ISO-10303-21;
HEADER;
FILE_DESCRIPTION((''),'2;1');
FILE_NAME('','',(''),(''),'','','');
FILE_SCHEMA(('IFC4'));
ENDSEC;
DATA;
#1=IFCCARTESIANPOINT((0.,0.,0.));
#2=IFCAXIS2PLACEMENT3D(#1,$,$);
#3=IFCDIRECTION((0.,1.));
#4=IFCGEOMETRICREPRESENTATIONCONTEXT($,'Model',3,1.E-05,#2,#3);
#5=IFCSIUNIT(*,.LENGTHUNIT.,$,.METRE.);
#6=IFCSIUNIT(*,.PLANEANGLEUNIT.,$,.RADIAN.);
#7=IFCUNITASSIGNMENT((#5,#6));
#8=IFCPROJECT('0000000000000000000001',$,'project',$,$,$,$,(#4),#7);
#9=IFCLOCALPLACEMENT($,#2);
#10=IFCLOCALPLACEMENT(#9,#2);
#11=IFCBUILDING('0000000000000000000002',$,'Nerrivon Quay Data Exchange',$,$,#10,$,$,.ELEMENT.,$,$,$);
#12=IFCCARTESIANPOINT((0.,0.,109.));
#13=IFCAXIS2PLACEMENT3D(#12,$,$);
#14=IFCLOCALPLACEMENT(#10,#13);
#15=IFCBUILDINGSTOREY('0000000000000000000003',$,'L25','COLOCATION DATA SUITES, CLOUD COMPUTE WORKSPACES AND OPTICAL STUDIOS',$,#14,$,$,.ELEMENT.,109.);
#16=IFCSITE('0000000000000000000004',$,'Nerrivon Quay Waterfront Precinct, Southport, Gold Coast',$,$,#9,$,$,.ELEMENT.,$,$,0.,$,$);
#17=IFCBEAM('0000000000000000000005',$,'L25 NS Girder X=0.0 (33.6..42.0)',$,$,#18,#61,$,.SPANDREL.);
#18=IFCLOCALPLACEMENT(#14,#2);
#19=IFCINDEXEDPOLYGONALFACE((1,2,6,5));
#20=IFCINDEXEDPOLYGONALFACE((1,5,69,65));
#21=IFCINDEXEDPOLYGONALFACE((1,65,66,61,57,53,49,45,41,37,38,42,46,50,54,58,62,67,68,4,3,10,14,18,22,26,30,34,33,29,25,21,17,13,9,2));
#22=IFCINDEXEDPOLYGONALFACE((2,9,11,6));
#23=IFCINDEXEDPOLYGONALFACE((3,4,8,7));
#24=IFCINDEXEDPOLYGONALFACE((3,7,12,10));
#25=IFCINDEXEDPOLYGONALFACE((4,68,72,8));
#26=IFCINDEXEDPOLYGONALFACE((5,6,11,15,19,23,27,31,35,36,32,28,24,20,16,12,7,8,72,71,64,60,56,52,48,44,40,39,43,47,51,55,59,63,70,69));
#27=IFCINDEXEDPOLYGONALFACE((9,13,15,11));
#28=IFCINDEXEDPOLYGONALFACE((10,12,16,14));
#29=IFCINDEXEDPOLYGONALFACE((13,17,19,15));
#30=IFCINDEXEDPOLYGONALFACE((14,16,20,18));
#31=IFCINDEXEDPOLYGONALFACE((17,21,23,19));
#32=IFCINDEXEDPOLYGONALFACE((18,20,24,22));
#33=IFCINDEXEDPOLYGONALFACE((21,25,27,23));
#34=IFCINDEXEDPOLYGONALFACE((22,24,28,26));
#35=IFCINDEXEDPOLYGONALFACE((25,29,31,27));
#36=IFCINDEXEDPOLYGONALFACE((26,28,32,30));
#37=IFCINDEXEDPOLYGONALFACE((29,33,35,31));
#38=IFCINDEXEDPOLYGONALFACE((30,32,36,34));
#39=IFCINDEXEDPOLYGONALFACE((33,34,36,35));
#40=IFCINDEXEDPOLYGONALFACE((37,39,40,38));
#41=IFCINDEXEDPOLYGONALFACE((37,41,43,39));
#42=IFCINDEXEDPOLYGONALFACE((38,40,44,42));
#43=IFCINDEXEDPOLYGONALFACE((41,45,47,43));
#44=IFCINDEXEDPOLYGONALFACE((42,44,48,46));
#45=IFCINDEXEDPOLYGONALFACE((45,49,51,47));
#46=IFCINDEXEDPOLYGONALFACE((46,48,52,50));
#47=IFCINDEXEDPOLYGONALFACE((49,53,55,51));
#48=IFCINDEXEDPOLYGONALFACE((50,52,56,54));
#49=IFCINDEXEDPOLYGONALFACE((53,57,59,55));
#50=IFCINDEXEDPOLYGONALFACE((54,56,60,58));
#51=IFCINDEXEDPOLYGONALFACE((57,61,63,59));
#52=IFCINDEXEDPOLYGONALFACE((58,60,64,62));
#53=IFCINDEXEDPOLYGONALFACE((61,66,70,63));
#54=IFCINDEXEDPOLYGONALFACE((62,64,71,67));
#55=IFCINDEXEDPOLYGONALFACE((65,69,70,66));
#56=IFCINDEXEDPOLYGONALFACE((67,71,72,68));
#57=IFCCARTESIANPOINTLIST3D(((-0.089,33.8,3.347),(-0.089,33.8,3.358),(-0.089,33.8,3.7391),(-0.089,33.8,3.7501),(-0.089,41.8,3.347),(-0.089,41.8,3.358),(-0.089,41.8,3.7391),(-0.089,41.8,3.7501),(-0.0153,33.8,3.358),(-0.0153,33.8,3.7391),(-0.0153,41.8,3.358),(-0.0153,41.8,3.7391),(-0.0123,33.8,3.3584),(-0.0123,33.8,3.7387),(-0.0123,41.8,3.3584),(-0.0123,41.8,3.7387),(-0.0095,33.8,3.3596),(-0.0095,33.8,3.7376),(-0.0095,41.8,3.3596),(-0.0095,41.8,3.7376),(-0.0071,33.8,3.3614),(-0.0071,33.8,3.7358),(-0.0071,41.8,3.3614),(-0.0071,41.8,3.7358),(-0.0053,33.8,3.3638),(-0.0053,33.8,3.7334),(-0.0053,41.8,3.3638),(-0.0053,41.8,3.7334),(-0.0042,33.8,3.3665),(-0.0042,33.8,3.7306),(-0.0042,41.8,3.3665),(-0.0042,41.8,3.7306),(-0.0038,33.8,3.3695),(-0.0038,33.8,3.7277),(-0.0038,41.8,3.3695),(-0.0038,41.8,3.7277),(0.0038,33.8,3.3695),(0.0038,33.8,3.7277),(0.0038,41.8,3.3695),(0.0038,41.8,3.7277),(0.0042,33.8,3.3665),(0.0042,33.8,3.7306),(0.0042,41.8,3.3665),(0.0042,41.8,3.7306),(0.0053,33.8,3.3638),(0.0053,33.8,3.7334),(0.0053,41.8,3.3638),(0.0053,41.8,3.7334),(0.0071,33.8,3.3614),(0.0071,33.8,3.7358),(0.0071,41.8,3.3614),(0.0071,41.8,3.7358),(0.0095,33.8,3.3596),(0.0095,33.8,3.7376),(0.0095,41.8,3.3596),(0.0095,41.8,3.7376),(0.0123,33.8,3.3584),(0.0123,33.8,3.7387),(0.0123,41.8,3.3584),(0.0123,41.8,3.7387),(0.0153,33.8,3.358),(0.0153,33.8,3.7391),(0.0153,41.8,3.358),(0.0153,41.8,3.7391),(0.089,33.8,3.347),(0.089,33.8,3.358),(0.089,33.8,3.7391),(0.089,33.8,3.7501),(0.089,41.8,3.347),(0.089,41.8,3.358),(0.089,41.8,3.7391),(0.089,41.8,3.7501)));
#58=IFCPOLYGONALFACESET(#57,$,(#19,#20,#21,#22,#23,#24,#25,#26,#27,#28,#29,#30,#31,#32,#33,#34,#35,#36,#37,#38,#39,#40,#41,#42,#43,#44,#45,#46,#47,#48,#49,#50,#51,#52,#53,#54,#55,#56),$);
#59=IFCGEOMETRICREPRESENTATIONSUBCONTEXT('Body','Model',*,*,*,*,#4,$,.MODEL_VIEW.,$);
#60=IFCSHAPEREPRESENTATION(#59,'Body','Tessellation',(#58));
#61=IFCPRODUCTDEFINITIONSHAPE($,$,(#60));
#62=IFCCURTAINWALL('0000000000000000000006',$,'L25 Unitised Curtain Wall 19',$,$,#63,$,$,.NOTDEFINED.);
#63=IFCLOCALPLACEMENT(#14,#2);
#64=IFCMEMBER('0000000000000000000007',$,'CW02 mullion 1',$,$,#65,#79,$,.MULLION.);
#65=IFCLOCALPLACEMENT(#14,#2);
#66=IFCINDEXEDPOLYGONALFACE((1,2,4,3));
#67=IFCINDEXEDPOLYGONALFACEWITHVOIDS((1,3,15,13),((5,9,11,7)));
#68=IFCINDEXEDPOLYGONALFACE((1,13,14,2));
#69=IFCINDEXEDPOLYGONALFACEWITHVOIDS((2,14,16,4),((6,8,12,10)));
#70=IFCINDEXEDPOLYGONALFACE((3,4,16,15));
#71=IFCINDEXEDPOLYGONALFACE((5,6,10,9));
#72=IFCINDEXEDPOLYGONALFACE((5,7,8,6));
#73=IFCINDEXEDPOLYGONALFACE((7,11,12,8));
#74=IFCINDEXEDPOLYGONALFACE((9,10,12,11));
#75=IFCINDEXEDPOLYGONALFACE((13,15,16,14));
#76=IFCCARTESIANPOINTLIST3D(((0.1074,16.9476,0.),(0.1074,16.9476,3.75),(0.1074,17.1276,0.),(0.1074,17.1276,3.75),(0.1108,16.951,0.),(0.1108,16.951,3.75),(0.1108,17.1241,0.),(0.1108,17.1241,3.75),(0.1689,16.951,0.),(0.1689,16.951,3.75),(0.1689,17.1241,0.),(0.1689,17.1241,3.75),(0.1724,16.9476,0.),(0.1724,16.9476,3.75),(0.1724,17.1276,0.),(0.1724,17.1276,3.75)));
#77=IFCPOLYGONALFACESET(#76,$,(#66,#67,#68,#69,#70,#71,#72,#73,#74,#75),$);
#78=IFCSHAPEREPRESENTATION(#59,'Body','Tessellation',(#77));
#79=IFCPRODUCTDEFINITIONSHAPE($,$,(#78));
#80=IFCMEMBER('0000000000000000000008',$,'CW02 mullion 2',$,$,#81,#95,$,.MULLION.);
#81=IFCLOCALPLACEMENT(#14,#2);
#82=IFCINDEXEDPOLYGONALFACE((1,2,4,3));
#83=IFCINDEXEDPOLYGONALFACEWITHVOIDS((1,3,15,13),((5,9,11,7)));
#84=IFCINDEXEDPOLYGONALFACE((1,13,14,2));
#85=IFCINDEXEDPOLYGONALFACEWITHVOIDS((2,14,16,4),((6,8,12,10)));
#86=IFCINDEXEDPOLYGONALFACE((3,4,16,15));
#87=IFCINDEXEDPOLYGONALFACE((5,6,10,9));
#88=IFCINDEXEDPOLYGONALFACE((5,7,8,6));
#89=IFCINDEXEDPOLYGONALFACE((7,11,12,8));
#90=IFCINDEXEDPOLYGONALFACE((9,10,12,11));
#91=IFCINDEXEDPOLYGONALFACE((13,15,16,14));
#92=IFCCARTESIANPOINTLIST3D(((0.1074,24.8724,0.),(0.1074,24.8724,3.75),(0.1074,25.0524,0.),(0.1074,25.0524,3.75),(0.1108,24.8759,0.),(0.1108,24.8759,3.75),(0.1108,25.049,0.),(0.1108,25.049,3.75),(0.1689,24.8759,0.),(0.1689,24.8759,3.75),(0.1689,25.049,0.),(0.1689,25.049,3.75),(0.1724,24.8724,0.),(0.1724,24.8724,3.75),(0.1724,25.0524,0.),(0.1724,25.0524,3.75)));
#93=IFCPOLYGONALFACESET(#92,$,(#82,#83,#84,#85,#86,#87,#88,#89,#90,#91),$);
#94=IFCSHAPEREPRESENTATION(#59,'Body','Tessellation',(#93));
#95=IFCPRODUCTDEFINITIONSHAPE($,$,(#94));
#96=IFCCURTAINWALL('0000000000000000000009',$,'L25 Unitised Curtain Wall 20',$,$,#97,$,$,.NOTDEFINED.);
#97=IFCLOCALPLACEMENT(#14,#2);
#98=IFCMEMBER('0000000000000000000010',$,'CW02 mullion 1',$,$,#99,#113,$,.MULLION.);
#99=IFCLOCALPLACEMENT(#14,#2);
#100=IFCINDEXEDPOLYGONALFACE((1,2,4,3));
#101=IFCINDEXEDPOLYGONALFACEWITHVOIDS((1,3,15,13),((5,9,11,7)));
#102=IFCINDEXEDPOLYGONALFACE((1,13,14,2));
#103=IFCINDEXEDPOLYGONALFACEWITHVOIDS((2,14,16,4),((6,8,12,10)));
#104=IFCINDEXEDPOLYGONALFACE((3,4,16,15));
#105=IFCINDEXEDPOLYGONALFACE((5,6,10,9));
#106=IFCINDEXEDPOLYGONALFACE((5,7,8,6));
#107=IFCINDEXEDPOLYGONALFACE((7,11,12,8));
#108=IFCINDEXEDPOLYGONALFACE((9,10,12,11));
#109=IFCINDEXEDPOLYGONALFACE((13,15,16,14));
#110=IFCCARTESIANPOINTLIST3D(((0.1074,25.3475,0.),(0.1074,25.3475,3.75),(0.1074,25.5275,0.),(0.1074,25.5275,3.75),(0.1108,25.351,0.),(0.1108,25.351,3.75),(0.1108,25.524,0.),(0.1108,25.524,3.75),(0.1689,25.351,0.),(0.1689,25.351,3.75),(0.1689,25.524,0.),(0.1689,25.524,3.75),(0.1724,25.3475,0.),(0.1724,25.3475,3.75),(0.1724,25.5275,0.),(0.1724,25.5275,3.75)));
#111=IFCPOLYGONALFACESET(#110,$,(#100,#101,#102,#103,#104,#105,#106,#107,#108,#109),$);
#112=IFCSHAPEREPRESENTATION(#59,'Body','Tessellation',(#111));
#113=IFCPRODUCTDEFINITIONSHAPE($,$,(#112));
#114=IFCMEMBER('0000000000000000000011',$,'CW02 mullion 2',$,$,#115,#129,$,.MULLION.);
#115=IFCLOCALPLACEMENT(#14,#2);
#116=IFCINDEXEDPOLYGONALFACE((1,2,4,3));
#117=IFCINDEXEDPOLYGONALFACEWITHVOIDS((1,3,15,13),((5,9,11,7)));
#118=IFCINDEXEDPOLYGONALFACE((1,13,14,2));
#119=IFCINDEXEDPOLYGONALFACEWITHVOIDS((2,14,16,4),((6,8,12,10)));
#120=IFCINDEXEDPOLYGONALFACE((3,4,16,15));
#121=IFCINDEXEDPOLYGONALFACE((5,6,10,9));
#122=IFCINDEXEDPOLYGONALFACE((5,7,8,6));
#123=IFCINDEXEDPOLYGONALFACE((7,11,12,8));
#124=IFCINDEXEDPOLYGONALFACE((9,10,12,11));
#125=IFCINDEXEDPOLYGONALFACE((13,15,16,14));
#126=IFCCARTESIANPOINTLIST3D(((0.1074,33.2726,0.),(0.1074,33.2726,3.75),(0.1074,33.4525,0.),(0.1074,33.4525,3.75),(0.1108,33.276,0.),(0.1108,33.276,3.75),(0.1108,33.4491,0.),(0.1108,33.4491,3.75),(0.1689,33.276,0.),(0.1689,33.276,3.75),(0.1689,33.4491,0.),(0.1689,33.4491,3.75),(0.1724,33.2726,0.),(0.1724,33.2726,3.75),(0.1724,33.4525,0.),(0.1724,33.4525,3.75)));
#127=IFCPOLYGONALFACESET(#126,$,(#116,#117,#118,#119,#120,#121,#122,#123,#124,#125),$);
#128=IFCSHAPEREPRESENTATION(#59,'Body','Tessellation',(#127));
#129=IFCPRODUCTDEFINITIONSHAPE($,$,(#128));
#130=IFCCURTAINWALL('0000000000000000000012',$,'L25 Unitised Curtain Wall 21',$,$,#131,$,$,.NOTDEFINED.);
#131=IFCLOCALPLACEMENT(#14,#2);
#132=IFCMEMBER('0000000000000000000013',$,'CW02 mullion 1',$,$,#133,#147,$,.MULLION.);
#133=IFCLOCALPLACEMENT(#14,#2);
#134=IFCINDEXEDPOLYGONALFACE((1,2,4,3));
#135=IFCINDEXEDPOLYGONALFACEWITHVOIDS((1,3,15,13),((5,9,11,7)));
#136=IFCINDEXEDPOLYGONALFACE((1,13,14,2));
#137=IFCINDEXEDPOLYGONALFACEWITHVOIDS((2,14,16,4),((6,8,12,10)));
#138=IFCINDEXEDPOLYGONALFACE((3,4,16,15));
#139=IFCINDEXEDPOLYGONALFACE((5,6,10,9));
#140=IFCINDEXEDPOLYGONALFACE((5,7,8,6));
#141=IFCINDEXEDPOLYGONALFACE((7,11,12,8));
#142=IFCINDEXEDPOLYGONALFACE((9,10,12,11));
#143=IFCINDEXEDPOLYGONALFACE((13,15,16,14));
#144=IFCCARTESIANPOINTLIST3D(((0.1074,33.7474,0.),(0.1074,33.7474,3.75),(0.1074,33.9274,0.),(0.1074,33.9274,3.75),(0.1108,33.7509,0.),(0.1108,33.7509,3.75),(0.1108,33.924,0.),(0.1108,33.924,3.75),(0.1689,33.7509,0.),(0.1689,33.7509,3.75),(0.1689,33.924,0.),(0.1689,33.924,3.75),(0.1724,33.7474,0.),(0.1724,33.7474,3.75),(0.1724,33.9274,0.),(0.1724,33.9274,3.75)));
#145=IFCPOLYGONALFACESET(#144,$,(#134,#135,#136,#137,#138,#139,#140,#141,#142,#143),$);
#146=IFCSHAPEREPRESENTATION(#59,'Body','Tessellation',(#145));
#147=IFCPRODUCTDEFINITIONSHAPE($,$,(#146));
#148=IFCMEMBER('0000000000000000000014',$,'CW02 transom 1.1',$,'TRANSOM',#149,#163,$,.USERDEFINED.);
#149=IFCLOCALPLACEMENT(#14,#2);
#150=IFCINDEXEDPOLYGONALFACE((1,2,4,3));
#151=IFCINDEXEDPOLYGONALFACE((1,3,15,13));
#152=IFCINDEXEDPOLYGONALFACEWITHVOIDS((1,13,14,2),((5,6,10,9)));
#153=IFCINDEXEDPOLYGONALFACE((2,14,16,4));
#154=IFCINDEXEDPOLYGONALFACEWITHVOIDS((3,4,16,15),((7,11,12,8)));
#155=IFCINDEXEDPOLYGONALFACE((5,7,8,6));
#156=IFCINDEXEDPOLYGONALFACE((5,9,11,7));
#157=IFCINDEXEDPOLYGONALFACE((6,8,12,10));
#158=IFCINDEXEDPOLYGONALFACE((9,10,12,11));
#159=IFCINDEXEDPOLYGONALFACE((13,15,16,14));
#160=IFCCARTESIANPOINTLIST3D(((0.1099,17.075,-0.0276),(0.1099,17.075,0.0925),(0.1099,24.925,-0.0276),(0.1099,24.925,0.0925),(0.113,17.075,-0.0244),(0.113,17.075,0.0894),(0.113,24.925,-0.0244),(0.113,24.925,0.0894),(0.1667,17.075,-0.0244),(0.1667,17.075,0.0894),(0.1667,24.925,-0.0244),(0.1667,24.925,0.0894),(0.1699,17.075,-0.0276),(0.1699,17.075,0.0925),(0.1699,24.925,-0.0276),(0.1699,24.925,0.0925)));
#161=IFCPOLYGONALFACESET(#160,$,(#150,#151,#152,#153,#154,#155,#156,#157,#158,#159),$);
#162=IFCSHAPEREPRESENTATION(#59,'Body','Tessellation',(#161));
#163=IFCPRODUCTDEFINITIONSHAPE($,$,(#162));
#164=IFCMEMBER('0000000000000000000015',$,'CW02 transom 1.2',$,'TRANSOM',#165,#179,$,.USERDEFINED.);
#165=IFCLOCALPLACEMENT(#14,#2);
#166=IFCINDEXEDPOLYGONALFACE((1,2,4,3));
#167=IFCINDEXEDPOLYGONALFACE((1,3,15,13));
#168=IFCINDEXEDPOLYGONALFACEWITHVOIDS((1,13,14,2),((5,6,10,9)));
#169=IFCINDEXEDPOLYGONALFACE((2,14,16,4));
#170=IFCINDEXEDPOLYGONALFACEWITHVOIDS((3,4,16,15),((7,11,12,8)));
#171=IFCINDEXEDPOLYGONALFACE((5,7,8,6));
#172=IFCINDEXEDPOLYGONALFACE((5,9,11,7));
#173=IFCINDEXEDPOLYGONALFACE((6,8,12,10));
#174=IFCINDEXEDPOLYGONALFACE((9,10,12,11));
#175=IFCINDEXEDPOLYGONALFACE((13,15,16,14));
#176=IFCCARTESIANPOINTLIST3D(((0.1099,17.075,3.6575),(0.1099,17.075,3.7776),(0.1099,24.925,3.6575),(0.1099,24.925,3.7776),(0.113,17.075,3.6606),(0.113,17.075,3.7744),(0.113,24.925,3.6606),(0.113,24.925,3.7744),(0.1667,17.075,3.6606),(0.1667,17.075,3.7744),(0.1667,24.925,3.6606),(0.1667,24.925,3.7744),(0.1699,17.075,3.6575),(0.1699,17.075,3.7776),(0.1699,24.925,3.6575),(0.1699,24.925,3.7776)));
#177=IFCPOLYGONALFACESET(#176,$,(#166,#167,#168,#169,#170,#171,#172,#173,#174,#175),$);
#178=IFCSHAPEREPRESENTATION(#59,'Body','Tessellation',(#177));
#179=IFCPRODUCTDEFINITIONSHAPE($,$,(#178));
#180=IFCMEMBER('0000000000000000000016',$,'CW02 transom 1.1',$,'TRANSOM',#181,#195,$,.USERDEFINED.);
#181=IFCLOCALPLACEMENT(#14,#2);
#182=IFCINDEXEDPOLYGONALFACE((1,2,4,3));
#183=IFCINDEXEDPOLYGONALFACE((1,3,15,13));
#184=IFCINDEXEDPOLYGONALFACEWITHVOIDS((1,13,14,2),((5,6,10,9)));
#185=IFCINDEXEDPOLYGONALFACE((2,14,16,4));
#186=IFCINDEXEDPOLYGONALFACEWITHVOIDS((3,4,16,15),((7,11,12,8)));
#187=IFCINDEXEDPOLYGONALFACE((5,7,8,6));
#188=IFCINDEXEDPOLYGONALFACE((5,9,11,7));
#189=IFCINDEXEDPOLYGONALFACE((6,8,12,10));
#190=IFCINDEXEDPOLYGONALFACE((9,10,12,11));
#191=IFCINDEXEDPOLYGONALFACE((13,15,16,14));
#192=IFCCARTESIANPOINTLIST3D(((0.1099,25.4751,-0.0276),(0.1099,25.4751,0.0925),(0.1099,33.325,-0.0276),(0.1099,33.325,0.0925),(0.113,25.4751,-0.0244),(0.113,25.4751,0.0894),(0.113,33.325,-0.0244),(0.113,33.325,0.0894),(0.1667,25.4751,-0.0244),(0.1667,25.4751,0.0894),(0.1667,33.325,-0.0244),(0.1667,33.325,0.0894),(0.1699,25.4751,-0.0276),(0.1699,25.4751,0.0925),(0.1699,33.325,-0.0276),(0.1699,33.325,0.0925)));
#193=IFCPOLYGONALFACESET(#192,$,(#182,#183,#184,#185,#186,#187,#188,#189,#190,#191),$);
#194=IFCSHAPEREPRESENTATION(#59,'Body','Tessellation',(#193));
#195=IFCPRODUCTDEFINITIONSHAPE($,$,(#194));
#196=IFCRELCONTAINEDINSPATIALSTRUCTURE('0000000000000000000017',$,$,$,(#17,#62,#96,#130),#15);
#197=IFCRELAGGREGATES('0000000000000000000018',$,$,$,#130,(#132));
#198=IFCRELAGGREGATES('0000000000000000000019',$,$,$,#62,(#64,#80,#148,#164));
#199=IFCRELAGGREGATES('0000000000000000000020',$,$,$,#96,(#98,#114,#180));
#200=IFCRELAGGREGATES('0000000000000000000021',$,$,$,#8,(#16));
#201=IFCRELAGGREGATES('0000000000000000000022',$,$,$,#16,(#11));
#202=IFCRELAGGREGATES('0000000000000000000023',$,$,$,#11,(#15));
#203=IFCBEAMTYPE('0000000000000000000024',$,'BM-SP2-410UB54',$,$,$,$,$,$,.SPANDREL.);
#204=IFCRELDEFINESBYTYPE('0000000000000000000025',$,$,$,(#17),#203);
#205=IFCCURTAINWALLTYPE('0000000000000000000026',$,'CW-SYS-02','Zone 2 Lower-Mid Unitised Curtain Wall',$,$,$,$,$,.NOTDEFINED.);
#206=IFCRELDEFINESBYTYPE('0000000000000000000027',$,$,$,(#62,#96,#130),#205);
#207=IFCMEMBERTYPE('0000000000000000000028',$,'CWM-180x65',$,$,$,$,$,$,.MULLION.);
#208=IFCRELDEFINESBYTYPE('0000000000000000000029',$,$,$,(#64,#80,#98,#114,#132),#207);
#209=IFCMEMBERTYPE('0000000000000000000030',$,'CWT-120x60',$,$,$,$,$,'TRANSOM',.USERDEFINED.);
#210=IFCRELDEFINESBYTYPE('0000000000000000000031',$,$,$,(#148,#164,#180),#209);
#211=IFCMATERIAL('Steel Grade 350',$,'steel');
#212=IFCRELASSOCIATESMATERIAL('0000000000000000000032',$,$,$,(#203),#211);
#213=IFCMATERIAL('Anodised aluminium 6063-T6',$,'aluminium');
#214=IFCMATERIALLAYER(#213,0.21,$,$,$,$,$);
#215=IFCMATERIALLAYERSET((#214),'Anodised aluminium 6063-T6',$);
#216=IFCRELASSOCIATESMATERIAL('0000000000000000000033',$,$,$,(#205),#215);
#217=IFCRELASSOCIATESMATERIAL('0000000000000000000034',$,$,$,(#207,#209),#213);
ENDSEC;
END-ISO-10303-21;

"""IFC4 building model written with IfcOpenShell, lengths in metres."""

from ifc_helpers import new_model, si_unit, direction, frame, origin, origin_2d, place, context, subcontext, project, spatial, hollow_rectangle, i_section, extrude, material, layer, layer_set, material_profile, profile_set, type_object, element, aggregate, save


model = new_model("IFC4")

# Units and contexts
model_context = context("Model", 3, precision=1e-05, world=origin(), true_north=direction((0.0, 1.0)))
body_context = subcontext(model_context, "Body", "Model", "MODEL_VIEW")
ifc_project = project(units=[si_unit("LENGTHUNIT", "METRE"), si_unit("PLANEANGLEUNIT", "RADIAN")], contexts=[model_context])

# Site, building, storey
site_placement = place(None, origin())
site = spatial("IfcSite", under=ifc_project, at=site_placement, Name="Nerrivon Quay Waterfront Precinct, Southport, Gold Coast", CompositionType="ELEMENT", RefElevation=0.0)
building_placement = place(site_placement, origin())
building = spatial("IfcBuilding", under=site, at=building_placement, Name="Nerrivon Quay Data Exchange", CompositionType="ELEMENT")
storey_placement = place(building_placement, frame((0.0, 0.0, 109.0)))
storey = spatial("IfcBuildingStorey", under=building, at=storey_placement, Name="L25", Description="COLOCATION DATA SUITES, CLOUD COMPUTE WORKSPACES AND OPTICAL STUDIOS", CompositionType="ELEMENT", Elevation=109.0)

# Shared definitions
ifc_material_1 = material(Name="Steel Grade 350", Category="steel")

# Beam
ifc_material_profile_1 = material_profile(ifc_material_1, i_section(OverallWidth=0.178, OverallDepth=0.4031, WebThickness=0.0076, FlangeThickness=0.011, FilletRadius=0.0115, at=origin_2d()), Name="410UB53.7")
ifc_profile_set_1 = profile_set([ifc_material_profile_1], Name="Steel Grade 350")
beam_type_1 = type_object("IfcBeamType", Name="BM-SP2-410UB54", PredefinedType="SPANDREL", material=ifc_profile_set_1)
for number, where, z_axis, x_axis, name in (
    (1, (0.0, 33.8, 3.5486), (0.0, 1.0, 0.0), (-1.0, 0.0, 0.0), "L25 NS Girder X=0.0 (33.6..42.0)"),
):
    element("IfcBeam", number, at=place(storey_placement, frame(where, z_axis=z_axis, x_axis=x_axis)), inside=storey, type_object=beam_type_1, Name=name, PredefinedType="SPANDREL", context=body_context, shape_type="SweptSolid", body=[
        extrude(i_section(OverallWidth=0.178, OverallDepth=0.4031, WebThickness=0.0076, FlangeThickness=0.011, FilletRadius=0.0115, at=origin_2d()), origin(), (0.0, 0.0, 1.0), 8.0),
    ])

# Curtain walls, members
ifc_material_2 = material(Name="Anodised aluminium 6063-T6", Category="aluminium")
ifc_layer_1 = layer(ifc_material_2, 0.21)
ifc_layer_set_1 = layer_set([ifc_layer_1], Name="Anodised aluminium 6063-T6")
curtain_wall_type = type_object("IfcCurtainWallType", Name="CW-SYS-02", Description="Zone 2 Lower-Mid Unitised Curtain Wall", PredefinedType="NOTDEFINED", material=ifc_layer_set_1)
curtain_wall_1_placement = place(storey_placement, origin())
curtain_wall_1 = element("IfcCurtainWall", 2, at=curtain_wall_1_placement, inside=storey, type_object=curtain_wall_type, Name="L25 Unitised Curtain Wall 19", PredefinedType="NOTDEFINED")
ifc_material_profile_2 = material_profile(ifc_material_2, hollow_rectangle(XDim=0.0649, YDim=0.1799, WallThickness=0.0034, at=origin_2d()), Name="ALU-MULL-180x65")
ifc_profile_set_2 = profile_set([ifc_material_profile_2], Name="Anodised aluminium 6063-T6")
member_type_1 = type_object("IfcMemberType", Name="CWM-180x65", PredefinedType="MULLION", material=ifc_profile_set_2)
member_1_placement = place(storey_placement, frame((0.1399, 17.0376, 0.0), z_axis=(0.0, 0.0, 1.0), x_axis=(-1.0, 0.0, 0.0)))
member_1 = element("IfcMember", 3, at=member_1_placement, type_object=member_type_1, Name="CW02 mullion 1", PredefinedType="MULLION", context=body_context, shape_type="SweptSolid", body=[
    extrude(hollow_rectangle(XDim=0.0649, YDim=0.1799, WallThickness=0.0034, at=origin_2d()), origin(), (0.0, 0.0, 1.0), 3.75),
])
member_2_placement = place(storey_placement, frame((0.1399, 24.9624, 0.0), z_axis=(0.0, 0.0, 1.0), x_axis=(-1.0, 0.0, 0.0)))
member_2 = element("IfcMember", 4, at=member_2_placement, type_object=member_type_1, Name="CW02 mullion 2", PredefinedType="MULLION", context=body_context, shape_type="SweptSolid", body=[
    extrude(hollow_rectangle(XDim=0.0649, YDim=0.1799, WallThickness=0.0034, at=origin_2d()), origin(), (0.0, 0.0, 1.0), 3.75),
])
curtain_wall_2_placement = place(storey_placement, origin())
curtain_wall_2 = element("IfcCurtainWall", 5, at=curtain_wall_2_placement, inside=storey, type_object=curtain_wall_type, Name="L25 Unitised Curtain Wall 20", PredefinedType="NOTDEFINED")
member_3_placement = place(storey_placement, frame((0.1399, 25.4375, 0.0), z_axis=(0.0, 0.0, 1.0), x_axis=(-1.0, 0.0, 0.0)))
member_3 = element("IfcMember", 6, at=member_3_placement, type_object=member_type_1, Name="CW02 mullion 1", PredefinedType="MULLION", context=body_context, shape_type="SweptSolid", body=[
    extrude(hollow_rectangle(XDim=0.0649, YDim=0.1799, WallThickness=0.0034, at=origin_2d()), origin(), (0.0, 0.0, 1.0), 3.75),
])
member_4_placement = place(storey_placement, frame((0.1399, 33.3625, 0.0), z_axis=(0.0, 0.0, 1.0), x_axis=(-1.0, 0.0, 0.0)))
member_4 = element("IfcMember", 7, at=member_4_placement, type_object=member_type_1, Name="CW02 mullion 2", PredefinedType="MULLION", context=body_context, shape_type="SweptSolid", body=[
    extrude(hollow_rectangle(XDim=0.0649, YDim=0.1799, WallThickness=0.0034, at=origin_2d()), origin(), (0.0, 0.0, 1.0), 3.75),
])

# Curtain wall, member
curtain_wall_3_placement = place(storey_placement, origin())
curtain_wall_3 = element("IfcCurtainWall", 8, at=curtain_wall_3_placement, inside=storey, type_object=curtain_wall_type, Name="L25 Unitised Curtain Wall 21", PredefinedType="NOTDEFINED")
member_5_placement = place(storey_placement, frame((0.1399, 33.8374, 0.0), z_axis=(0.0, 0.0, 1.0), x_axis=(-1.0, 0.0, 0.0)))
member_5 = element("IfcMember", 9, at=member_5_placement, type_object=member_type_1, Name="CW02 mullion 1", PredefinedType="MULLION", context=body_context, shape_type="SweptSolid", body=[
    extrude(hollow_rectangle(XDim=0.0649, YDim=0.1799, WallThickness=0.0034, at=origin_2d()), origin(), (0.0, 0.0, 1.0), 3.75),
])

# Members
ifc_material_profile_3 = material_profile(ifc_material_2, hollow_rectangle(XDim=0.0601, YDim=0.1201, WallThickness=0.0032, at=origin_2d()), Name="ALU-TRAN-120x60")
ifc_profile_set_3 = profile_set([ifc_material_profile_3], Name="Anodised aluminium 6063-T6")
member_type_2 = type_object("IfcMemberType", Name="CWT-120x60", ElementType="TRANSOM", PredefinedType="USERDEFINED", material=ifc_profile_set_3)
member_6_placement = place(storey_placement, frame((0.1399, 17.075, 0.0325), z_axis=(0.0, 1.0, 0.0), x_axis=(-1.0, 0.0, 0.0)))
member_6 = element("IfcMember", 10, at=member_6_placement, type_object=member_type_2, Name="CW02 transom 1.1", ObjectType="TRANSOM", PredefinedType="USERDEFINED", context=body_context, shape_type="SweptSolid", body=[
    extrude(hollow_rectangle(XDim=0.0601, YDim=0.1201, WallThickness=0.0032, at=origin_2d()), origin(), (0.0, 0.0, 1.0), 7.8501),
])
member_7_placement = place(storey_placement, frame((0.1399, 17.075, 3.7175), z_axis=(0.0, 1.0, 0.0), x_axis=(-1.0, 0.0, 0.0)))
member_7 = element("IfcMember", 11, at=member_7_placement, type_object=member_type_2, Name="CW02 transom 1.2", ObjectType="TRANSOM", PredefinedType="USERDEFINED", context=body_context, shape_type="SweptSolid", body=[
    extrude(hollow_rectangle(XDim=0.0601, YDim=0.1201, WallThickness=0.0032, at=origin_2d()), origin(), (0.0, 0.0, 1.0), 7.8501),
])
member_8_placement = place(storey_placement, frame((0.1399, 25.4751, 0.0325), z_axis=(0.0, 1.0, 0.0), x_axis=(-1.0, 0.0, 0.0)))
member_8 = element("IfcMember", 12, at=member_8_placement, type_object=member_type_2, Name="CW02 transom 1.1", ObjectType="TRANSOM", PredefinedType="USERDEFINED", context=body_context, shape_type="SweptSolid", body=[
    extrude(hollow_rectangle(XDim=0.0601, YDim=0.1201, WallThickness=0.0032, at=origin_2d()), origin(), (0.0, 0.0, 1.0), 7.8499),
])
aggregate(curtain_wall_3, [member_5])

aggregate(curtain_wall_1, [member_1, member_2, member_6, member_7])
aggregate(curtain_wall_2, [member_3, member_4, member_8])

save(model, "model.ifc")
